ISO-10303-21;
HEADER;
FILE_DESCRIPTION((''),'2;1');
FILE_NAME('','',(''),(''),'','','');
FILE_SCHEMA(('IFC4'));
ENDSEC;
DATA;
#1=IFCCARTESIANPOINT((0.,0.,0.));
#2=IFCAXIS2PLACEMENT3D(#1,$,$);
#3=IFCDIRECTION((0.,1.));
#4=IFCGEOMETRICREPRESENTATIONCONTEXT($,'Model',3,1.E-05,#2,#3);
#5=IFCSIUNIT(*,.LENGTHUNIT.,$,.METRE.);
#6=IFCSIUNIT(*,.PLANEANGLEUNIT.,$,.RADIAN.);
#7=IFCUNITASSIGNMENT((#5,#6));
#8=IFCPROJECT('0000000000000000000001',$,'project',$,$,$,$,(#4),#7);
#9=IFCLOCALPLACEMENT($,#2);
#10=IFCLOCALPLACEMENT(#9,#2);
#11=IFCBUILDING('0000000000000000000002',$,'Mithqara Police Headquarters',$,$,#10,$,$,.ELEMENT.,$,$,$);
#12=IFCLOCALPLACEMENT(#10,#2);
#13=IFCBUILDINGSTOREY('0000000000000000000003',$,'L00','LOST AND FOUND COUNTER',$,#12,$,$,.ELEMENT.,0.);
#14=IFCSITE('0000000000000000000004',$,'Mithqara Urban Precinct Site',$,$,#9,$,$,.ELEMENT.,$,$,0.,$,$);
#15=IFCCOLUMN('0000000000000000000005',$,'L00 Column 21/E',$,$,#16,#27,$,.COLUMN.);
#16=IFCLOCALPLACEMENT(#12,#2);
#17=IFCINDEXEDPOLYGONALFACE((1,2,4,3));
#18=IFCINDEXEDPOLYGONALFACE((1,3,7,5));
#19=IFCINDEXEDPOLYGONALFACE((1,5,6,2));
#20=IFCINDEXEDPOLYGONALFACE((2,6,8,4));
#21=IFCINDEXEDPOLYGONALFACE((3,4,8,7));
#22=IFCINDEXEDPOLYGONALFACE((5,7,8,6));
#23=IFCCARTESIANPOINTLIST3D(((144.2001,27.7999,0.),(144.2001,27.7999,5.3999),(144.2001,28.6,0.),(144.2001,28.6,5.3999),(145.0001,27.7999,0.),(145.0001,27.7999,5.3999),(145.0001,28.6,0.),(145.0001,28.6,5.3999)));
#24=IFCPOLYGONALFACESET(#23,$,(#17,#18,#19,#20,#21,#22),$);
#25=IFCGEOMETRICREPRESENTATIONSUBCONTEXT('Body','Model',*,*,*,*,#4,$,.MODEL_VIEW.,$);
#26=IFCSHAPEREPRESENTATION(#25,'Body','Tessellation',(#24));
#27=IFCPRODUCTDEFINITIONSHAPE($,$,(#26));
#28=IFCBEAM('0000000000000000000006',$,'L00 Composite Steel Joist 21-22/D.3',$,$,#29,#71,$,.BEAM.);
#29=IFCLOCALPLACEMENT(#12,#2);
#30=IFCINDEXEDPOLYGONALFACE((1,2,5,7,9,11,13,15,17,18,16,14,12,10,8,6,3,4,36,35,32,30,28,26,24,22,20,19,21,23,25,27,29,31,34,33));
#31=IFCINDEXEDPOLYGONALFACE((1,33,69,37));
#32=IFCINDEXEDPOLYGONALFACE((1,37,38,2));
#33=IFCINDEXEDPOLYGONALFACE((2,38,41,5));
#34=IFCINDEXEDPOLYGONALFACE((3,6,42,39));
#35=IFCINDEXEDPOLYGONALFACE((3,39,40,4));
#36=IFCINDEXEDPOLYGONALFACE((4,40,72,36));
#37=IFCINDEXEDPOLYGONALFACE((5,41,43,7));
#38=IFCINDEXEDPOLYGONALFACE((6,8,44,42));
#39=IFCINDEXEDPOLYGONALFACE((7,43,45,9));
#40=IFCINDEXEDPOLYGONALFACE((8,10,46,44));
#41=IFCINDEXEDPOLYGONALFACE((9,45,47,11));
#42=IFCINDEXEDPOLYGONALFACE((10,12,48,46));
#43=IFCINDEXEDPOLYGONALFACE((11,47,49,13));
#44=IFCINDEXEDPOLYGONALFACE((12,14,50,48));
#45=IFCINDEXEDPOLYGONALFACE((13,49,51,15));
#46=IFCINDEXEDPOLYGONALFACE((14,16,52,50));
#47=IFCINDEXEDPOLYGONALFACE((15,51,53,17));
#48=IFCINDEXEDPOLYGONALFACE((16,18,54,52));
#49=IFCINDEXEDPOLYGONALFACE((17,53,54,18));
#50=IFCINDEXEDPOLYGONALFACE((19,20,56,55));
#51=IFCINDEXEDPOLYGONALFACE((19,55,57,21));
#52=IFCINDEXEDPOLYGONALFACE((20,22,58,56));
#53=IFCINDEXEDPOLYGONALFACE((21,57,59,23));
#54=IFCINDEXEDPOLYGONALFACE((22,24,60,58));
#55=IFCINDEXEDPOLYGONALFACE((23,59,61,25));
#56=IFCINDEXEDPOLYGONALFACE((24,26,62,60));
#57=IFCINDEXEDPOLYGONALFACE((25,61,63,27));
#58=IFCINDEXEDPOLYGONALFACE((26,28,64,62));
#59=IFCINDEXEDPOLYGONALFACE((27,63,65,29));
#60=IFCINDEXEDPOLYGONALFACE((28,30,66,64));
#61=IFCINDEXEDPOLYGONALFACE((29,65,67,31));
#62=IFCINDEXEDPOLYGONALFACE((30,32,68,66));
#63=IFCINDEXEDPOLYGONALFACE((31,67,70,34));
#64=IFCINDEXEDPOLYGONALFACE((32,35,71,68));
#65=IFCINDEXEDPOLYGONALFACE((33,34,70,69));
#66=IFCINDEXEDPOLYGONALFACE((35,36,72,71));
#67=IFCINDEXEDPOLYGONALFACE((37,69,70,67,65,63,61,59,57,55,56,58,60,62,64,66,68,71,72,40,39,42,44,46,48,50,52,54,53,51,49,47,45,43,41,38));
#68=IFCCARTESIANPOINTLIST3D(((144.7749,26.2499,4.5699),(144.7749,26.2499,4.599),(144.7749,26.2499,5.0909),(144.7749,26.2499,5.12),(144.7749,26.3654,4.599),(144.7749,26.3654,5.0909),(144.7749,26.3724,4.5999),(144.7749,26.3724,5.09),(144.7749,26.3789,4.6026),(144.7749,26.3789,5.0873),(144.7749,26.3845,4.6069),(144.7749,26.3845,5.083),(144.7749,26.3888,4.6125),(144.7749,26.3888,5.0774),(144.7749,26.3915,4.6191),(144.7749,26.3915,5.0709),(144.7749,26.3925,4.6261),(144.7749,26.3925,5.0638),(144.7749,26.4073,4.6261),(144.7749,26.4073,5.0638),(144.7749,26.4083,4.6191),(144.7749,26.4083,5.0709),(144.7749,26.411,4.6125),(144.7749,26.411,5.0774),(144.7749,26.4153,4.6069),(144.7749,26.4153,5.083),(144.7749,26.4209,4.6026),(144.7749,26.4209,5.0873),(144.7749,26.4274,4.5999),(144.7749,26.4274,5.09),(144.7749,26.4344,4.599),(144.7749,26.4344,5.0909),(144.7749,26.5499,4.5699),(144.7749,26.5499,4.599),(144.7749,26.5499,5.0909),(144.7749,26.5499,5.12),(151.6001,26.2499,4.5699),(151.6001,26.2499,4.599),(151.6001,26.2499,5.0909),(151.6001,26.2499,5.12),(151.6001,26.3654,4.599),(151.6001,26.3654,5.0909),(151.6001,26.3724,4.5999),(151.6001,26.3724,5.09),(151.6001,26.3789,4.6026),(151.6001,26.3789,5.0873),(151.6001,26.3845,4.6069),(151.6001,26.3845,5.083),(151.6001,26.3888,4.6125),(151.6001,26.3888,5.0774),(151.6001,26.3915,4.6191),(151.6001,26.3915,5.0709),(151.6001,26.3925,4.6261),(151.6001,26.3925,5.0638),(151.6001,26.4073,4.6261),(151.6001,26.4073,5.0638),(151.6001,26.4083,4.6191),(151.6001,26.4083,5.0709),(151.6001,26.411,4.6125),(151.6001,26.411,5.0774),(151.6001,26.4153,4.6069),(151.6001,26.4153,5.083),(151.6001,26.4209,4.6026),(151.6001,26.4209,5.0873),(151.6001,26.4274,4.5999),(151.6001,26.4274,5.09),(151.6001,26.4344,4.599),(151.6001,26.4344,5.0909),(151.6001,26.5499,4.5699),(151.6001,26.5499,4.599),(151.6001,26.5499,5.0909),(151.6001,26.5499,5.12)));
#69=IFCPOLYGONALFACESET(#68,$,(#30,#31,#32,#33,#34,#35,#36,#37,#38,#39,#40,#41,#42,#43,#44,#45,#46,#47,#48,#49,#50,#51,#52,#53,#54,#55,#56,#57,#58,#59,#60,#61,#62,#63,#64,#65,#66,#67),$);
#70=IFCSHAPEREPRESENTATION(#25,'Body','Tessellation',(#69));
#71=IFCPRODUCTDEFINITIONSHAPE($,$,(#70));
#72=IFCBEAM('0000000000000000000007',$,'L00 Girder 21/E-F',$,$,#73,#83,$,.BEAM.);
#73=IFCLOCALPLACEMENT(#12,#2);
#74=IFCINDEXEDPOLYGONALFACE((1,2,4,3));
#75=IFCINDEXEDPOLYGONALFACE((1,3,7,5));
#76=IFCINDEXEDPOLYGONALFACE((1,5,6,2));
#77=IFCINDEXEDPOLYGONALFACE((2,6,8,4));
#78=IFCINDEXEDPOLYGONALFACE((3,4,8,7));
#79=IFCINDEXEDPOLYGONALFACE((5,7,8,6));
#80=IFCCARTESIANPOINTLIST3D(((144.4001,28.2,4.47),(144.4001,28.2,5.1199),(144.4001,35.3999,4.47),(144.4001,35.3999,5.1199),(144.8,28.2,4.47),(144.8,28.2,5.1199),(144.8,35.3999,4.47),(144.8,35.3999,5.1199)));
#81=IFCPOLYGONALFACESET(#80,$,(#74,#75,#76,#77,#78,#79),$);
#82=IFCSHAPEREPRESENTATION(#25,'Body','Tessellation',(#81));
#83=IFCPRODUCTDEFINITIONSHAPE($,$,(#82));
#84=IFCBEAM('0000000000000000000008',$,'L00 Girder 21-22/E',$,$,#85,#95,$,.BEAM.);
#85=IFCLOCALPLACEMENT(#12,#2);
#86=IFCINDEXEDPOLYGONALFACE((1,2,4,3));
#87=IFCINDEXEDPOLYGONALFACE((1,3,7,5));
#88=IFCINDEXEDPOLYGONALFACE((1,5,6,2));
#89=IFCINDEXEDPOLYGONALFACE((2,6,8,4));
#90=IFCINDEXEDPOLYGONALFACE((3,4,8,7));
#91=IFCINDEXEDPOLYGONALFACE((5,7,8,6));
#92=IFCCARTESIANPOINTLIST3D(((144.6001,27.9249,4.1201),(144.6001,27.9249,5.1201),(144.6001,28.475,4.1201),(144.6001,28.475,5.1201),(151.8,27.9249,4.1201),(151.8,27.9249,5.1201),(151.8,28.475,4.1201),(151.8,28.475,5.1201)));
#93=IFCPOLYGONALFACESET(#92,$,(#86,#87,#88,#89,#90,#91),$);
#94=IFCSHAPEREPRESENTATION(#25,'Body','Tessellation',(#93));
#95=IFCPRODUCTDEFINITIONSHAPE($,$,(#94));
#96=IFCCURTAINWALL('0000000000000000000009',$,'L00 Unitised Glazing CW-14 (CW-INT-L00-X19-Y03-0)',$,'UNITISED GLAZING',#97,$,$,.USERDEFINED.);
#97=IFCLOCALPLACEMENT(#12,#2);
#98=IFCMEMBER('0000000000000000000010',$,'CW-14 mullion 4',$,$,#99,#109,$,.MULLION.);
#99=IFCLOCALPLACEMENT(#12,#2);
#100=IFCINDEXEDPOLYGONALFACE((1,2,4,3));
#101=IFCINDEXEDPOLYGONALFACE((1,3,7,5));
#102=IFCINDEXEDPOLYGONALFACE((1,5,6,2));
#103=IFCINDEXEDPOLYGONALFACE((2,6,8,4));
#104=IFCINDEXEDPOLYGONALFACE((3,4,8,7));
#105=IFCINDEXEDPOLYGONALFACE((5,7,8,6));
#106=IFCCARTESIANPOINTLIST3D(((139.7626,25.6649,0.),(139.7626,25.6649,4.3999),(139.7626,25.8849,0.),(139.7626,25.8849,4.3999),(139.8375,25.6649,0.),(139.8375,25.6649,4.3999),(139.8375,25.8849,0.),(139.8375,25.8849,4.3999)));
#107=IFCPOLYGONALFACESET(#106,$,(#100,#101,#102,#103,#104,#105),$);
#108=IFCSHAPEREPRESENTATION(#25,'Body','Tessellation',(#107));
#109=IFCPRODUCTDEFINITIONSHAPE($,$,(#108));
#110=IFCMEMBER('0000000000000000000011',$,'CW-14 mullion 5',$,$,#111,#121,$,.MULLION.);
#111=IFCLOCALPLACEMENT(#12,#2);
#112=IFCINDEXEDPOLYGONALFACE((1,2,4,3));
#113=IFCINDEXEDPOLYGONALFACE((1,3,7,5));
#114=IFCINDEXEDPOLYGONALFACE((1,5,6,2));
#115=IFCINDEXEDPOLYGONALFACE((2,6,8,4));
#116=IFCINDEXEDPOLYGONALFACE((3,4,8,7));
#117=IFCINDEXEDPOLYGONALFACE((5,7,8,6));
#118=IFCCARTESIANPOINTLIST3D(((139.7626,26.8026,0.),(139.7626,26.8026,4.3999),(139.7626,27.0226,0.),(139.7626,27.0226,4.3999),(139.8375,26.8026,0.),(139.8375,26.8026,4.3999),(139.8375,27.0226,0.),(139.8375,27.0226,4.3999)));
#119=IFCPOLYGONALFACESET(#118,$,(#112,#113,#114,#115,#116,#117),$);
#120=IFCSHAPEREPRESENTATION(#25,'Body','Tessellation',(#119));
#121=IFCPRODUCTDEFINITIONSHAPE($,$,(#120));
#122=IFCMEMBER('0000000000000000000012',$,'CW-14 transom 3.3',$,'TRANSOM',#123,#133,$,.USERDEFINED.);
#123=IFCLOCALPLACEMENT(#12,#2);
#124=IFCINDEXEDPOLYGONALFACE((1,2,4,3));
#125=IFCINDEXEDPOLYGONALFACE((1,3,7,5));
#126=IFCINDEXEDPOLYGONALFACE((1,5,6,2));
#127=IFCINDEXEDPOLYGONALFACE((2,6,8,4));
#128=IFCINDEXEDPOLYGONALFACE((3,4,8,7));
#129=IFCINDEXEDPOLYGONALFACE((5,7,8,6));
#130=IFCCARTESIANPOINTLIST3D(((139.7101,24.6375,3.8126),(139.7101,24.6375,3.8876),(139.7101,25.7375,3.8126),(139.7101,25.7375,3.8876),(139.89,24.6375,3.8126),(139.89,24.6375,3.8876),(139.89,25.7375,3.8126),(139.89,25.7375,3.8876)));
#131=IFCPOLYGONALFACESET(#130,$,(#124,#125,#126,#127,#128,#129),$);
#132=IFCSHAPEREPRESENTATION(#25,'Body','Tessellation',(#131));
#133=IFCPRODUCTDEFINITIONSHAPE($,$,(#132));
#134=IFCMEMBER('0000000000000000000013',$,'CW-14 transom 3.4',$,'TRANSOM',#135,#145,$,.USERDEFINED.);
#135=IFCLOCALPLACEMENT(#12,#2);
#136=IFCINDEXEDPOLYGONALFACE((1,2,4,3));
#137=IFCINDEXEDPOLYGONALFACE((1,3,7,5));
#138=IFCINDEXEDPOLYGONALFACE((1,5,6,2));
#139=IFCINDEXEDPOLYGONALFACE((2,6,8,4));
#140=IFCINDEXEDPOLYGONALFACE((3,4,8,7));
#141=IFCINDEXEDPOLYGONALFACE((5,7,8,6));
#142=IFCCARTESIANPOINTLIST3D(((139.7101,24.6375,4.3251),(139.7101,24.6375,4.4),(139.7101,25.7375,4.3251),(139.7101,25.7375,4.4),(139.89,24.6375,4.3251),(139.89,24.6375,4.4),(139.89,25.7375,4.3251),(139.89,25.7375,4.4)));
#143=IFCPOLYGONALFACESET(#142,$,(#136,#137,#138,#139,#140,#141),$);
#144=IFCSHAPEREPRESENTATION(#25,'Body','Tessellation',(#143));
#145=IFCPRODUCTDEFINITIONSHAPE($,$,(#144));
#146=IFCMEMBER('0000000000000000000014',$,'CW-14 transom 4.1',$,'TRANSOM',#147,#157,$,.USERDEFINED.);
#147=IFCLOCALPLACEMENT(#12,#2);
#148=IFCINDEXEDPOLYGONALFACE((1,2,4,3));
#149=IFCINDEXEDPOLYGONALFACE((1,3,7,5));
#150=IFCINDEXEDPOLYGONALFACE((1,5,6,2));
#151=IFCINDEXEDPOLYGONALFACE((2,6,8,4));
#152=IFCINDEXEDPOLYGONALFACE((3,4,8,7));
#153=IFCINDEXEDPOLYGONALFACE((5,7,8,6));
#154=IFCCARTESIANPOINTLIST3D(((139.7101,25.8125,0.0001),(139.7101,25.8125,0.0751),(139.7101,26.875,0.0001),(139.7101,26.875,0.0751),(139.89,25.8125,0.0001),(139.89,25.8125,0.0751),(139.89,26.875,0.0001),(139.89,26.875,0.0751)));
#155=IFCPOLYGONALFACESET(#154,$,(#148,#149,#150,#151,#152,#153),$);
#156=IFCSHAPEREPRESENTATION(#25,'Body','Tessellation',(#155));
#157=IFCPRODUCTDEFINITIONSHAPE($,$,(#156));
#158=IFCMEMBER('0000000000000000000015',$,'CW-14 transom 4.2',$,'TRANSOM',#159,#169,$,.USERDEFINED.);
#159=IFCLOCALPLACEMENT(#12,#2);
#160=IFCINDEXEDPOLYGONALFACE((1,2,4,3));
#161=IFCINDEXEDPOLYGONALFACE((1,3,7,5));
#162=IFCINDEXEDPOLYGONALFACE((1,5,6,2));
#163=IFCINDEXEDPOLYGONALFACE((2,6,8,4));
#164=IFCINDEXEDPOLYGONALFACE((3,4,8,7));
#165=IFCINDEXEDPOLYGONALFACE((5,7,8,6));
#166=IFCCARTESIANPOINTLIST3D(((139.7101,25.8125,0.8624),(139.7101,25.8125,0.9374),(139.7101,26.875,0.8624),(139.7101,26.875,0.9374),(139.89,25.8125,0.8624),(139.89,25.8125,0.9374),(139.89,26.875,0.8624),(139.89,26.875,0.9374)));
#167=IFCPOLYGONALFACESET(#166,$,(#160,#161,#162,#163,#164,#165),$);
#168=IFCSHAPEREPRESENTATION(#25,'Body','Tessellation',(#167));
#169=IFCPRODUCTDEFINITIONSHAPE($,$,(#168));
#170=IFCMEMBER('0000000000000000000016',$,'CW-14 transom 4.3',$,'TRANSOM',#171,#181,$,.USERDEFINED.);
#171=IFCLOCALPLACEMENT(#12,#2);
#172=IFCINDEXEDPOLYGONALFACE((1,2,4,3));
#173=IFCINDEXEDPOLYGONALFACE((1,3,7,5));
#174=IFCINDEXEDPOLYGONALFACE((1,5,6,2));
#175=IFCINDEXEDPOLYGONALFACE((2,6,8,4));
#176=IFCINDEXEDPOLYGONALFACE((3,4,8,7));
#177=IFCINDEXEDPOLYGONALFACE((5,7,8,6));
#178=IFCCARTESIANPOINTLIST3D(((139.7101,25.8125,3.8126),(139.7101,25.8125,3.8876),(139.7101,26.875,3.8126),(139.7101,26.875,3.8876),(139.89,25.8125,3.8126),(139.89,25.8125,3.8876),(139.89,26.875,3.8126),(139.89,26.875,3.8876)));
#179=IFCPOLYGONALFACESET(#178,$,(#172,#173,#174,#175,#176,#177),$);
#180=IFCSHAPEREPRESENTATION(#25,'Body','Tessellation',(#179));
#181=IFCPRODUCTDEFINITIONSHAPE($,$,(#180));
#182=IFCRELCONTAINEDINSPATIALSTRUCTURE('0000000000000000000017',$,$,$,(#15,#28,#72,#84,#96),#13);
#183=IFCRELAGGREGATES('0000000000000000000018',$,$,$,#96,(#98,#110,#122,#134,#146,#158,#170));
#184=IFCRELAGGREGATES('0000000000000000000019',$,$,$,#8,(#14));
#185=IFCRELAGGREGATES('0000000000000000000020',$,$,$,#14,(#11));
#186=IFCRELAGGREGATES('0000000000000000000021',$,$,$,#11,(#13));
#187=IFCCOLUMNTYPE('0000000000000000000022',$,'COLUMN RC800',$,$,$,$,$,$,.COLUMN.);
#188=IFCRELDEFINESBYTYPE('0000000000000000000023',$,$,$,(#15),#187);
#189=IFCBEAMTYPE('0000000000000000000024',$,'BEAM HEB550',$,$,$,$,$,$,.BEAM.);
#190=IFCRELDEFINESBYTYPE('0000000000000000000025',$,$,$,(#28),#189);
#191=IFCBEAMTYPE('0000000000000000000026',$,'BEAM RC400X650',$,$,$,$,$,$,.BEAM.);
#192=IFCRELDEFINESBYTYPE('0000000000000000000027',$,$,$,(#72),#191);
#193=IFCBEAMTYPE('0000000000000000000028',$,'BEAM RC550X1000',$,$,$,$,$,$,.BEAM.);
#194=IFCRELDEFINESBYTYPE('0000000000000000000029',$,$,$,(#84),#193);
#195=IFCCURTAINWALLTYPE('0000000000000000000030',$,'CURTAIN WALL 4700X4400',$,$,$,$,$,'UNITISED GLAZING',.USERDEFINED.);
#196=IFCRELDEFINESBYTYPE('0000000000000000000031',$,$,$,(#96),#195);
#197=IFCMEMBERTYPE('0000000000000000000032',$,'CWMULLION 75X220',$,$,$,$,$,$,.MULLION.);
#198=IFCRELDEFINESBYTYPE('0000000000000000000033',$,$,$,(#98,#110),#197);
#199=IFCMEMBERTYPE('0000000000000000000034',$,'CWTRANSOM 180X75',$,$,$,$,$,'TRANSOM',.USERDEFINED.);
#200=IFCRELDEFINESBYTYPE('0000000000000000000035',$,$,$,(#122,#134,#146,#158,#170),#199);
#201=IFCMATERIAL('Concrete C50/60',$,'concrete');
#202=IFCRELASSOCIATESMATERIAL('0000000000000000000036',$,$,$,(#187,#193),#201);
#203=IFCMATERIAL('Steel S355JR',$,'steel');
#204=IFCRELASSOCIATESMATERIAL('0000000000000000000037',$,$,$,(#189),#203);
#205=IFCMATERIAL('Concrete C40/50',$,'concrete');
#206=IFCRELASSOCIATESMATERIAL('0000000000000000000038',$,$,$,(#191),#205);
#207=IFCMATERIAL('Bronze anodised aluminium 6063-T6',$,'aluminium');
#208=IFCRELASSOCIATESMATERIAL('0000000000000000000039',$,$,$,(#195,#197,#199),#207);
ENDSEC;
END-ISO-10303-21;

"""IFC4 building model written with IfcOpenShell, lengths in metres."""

from ifc_helpers import new_model, si_unit, direction, frame, origin, origin_2d, place, context, subcontext, project, spatial, rectangle, i_section, extrude, material, material_profile, profile_set, type_object, element, aggregate, save


model = new_model("IFC4")

# Units and contexts
model_context = context("Model", 3, precision=1e-05, world=origin(), true_north=direction((0.0, 1.0)))
body_context = subcontext(model_context, "Body", "Model", "MODEL_VIEW")
ifc_project = project(units=[si_unit("LENGTHUNIT", "METRE"), si_unit("PLANEANGLEUNIT", "RADIAN")], contexts=[model_context])

# Site, building, storey
site_placement = place(None, origin())
site = spatial("IfcSite", under=ifc_project, at=site_placement, Name="Mithqara Urban Precinct Site", CompositionType="ELEMENT", RefElevation=0.0)
building_placement = place(site_placement, origin())
building = spatial("IfcBuilding", under=site, at=building_placement, Name="Mithqara Police Headquarters", CompositionType="ELEMENT")
storey_placement = place(building_placement, origin())
storey = spatial("IfcBuildingStorey", under=building, at=storey_placement, Name="L00", Description="LOST AND FOUND COUNTER", CompositionType="ELEMENT", Elevation=0.0)

# Column
ifc_material_1 = material(Name="Concrete C50/60", Category="concrete")
ifc_material_profile_1 = material_profile(ifc_material_1, rectangle(XDim=0.8, YDim=0.8, at=origin_2d()), Name="RC 800x800")
ifc_profile_set_1 = profile_set([ifc_material_profile_1], Name="Concrete C50/60")
column_type = type_object("IfcColumnType", Name="COLUMN RC800", PredefinedType="COLUMN", material=ifc_profile_set_1)
column_placement = place(storey_placement, frame((144.6001, 28.2, 0.0), z_axis=(0.0, 0.0, 1.0), x_axis=(1.0, 0.0, 0.0)))
element("IfcColumn", 1, at=column_placement, inside=storey, type_object=column_type, Name="L00 Column 21/E", PredefinedType="COLUMN", context=body_context, shape_type="SweptSolid", body=[
    extrude(rectangle(XDim=0.8, YDim=0.8, at=origin_2d()), origin(), (0.0, 0.0, 1.0), 5.3999),
])

# Beams
ifc_material_2 = material(Name="Steel S355JR", Category="steel")
ifc_material_profile_2 = material_profile(ifc_material_2, i_section(OverallWidth=0.3, OverallDepth=0.55, WebThickness=0.0149, FlangeThickness=0.0291, FilletRadius=0.0271, at=origin_2d()), Name="HEB 550")
ifc_profile_set_2 = profile_set([ifc_material_profile_2], Name="Steel S355JR")
beam_type_1 = type_object("IfcBeamType", Name="BEAM HEB550", PredefinedType="BEAM", material=ifc_profile_set_2)
beam_1_placement = place(storey_placement, frame((144.7749, 26.3999, 4.845), z_axis=(1.0, 0.0, 0.0), x_axis=(0.0, 1.0, 0.0)))
element("IfcBeam", 2, at=beam_1_placement, inside=storey, type_object=beam_type_1, Name="L00 Composite Steel Joist 21-22/D.3", PredefinedType="BEAM", context=body_context, shape_type="SweptSolid", body=[
    extrude(i_section(OverallWidth=0.3, OverallDepth=0.55, WebThickness=0.0149, FlangeThickness=0.0291, FilletRadius=0.0271, at=origin_2d()), origin(), (0.0, 0.0, 1.0), 6.8252),
])
ifc_material_3 = material(Name="Concrete C40/50", Category="concrete")
ifc_material_profile_3 = material_profile(ifc_material_3, rectangle(XDim=0.3999, YDim=0.6499, at=origin_2d()), Name="RC 400x650")
ifc_profile_set_3 = profile_set([ifc_material_profile_3], Name="Concrete C40/50")
beam_type_2 = type_object("IfcBeamType", Name="BEAM RC400X650", PredefinedType="BEAM", material=ifc_profile_set_3)
beam_2_placement = place(storey_placement, frame((144.6001, 28.2, 4.7949), z_axis=(0.0, 1.0, 0.0), x_axis=(-1.0, 0.0, 0.0)))
element("IfcBeam", 3, at=beam_2_placement, inside=storey, type_object=beam_type_2, Name="L00 Girder 21/E-F", PredefinedType="BEAM", context=body_context, shape_type="SweptSolid", body=[
    extrude(rectangle(XDim=0.3999, YDim=0.6499, at=origin_2d()), origin(), (0.0, 0.0, 1.0), 7.2),
])
ifc_material_profile_4 = material_profile(ifc_material_1, rectangle(XDim=0.55, YDim=1.0, at=origin_2d()), Name="RC 550x1000")
ifc_profile_set_4 = profile_set([ifc_material_profile_4], Name="Concrete C50/60")
beam_type_3 = type_object("IfcBeamType", Name="BEAM RC550X1000", PredefinedType="BEAM", material=ifc_profile_set_4)
beam_3_placement = place(storey_placement, frame((144.6001, 28.2, 4.6201), z_axis=(1.0, 0.0, 0.0), x_axis=(0.0, 1.0, 0.0)))
element("IfcBeam", 4, at=beam_3_placement, inside=storey, type_object=beam_type_3, Name="L00 Girder 21-22/E", PredefinedType="BEAM", context=body_context, shape_type="SweptSolid", body=[
    extrude(rectangle(XDim=0.55, YDim=1.0, at=origin_2d()), origin(), (0.0, 0.0, 1.0), 7.2),
])

# Curtain wall, members
ifc_material_4 = material(Name="Bronze anodised aluminium 6063-T6", Category="aluminium")
curtain_wall_type = type_object("IfcCurtainWallType", Name="CURTAIN WALL 4700X4400", ElementType="UNITISED GLAZING", PredefinedType="USERDEFINED", material=ifc_material_4)
curtain_wall_placement = place(storey_placement, origin())
curtain_wall = element("IfcCurtainWall", 5, at=curtain_wall_placement, inside=storey, type_object=curtain_wall_type, Name="L00 Unitised Glazing CW-14 (CW-INT-L00-X19-Y03-0)", ObjectType="UNITISED GLAZING", PredefinedType="USERDEFINED")
ifc_material_profile_5 = material_profile(ifc_material_4, rectangle(XDim=0.075, YDim=0.22, at=origin_2d()), Name="CWM 75x220")
ifc_profile_set_5 = profile_set([ifc_material_profile_5], Name="Bronze anodised aluminium 6063-T6")
member_type_1 = type_object("IfcMemberType", Name="CWMULLION 75X220", PredefinedType="MULLION", material=ifc_profile_set_5)
member_1_placement = place(storey_placement, frame((139.8, 25.7749, 0.0), z_axis=(0.0, 0.0, 1.0), x_axis=(-1.0, 0.0, 0.0)))
member_1 = element("IfcMember", 6, at=member_1_placement, type_object=member_type_1, Name="CW-14 mullion 4", PredefinedType="MULLION", context=body_context, shape_type="SweptSolid", body=[
    extrude(rectangle(XDim=0.075, YDim=0.22, at=origin_2d()), origin(), (0.0, 0.0, 1.0), 4.3999),
])
member_2_placement = place(storey_placement, frame((139.8, 26.9126, 0.0), z_axis=(0.0, 0.0, 1.0), x_axis=(-1.0, 0.0, 0.0)))
member_2 = element("IfcMember", 7, at=member_2_placement, type_object=member_type_1, Name="CW-14 mullion 5", PredefinedType="MULLION", context=body_context, shape_type="SweptSolid", body=[
    extrude(rectangle(XDim=0.075, YDim=0.22, at=origin_2d()), origin(), (0.0, 0.0, 1.0), 4.3999),
])
ifc_material_profile_6 = material_profile(ifc_material_4, rectangle(XDim=0.1799, YDim=0.075, at=origin_2d()), Name="CWT 180x75")
ifc_profile_set_6 = profile_set([ifc_material_profile_6], Name="Bronze anodised aluminium 6063-T6")
member_type_2 = type_object("IfcMemberType", Name="CWTRANSOM 180X75", ElementType="TRANSOM", PredefinedType="USERDEFINED", material=ifc_profile_set_6)
member_3_placement = place(storey_placement, frame((139.8, 24.6375, 3.8501), z_axis=(0.0, 1.0, 0.0), x_axis=(-1.0, 0.0, 0.0)))
member_3 = element("IfcMember", 8, at=member_3_placement, type_object=member_type_2, Name="CW-14 transom 3.3", ObjectType="TRANSOM", PredefinedType="USERDEFINED", context=body_context, shape_type="SweptSolid", body=[
    extrude(rectangle(XDim=0.1799, YDim=0.075, at=origin_2d()), origin(), (0.0, 0.0, 1.0), 1.1001),
])
member_4_placement = place(storey_placement, frame((139.8, 24.6375, 4.3625), z_axis=(0.0, 1.0, 0.0), x_axis=(-1.0, 0.0, 0.0)))
member_4 = element("IfcMember", 9, at=member_4_placement, type_object=member_type_2, Name="CW-14 transom 3.4", ObjectType="TRANSOM", PredefinedType="USERDEFINED", context=body_context, shape_type="SweptSolid", body=[
    extrude(rectangle(XDim=0.1799, YDim=0.075, at=origin_2d()), origin(), (0.0, 0.0, 1.0), 1.1001),
])
member_5_placement = place(storey_placement, frame((139.8, 25.8125, 0.0376), z_axis=(0.0, 1.0, 0.0), x_axis=(-1.0, 0.0, 0.0)))
member_5 = element("IfcMember", 10, at=member_5_placement, type_object=member_type_2, Name="CW-14 transom 4.1", ObjectType="TRANSOM", PredefinedType="USERDEFINED", context=body_context, shape_type="SweptSolid", body=[
    extrude(rectangle(XDim=0.1799, YDim=0.075, at=origin_2d()), origin(), (0.0, 0.0, 1.0), 1.0625),
])
member_6_placement = place(storey_placement, frame((139.8, 25.8125, 0.8999), z_axis=(0.0, 1.0, 0.0), x_axis=(-1.0, 0.0, 0.0)))
member_6 = element("IfcMember", 11, at=member_6_placement, type_object=member_type_2, Name="CW-14 transom 4.2", ObjectType="TRANSOM", PredefinedType="USERDEFINED", context=body_context, shape_type="SweptSolid", body=[
    extrude(rectangle(XDim=0.1799, YDim=0.075, at=origin_2d()), origin(), (0.0, 0.0, 1.0), 1.0625),
])
member_7_placement = place(storey_placement, frame((139.8, 25.8125, 3.8501), z_axis=(0.0, 1.0, 0.0), x_axis=(-1.0, 0.0, 0.0)))
member_7 = element("IfcMember", 12, at=member_7_placement, type_object=member_type_2, Name="CW-14 transom 4.3", ObjectType="TRANSOM", PredefinedType="USERDEFINED", context=body_context, shape_type="SweptSolid", body=[
    extrude(rectangle(XDim=0.1799, YDim=0.075, at=origin_2d()), origin(), (0.0, 0.0, 1.0), 1.0625),
])
aggregate(curtain_wall, [member_1, member_2, member_3, member_4, member_5, member_6, member_7])

save(model, "model.ifc")
